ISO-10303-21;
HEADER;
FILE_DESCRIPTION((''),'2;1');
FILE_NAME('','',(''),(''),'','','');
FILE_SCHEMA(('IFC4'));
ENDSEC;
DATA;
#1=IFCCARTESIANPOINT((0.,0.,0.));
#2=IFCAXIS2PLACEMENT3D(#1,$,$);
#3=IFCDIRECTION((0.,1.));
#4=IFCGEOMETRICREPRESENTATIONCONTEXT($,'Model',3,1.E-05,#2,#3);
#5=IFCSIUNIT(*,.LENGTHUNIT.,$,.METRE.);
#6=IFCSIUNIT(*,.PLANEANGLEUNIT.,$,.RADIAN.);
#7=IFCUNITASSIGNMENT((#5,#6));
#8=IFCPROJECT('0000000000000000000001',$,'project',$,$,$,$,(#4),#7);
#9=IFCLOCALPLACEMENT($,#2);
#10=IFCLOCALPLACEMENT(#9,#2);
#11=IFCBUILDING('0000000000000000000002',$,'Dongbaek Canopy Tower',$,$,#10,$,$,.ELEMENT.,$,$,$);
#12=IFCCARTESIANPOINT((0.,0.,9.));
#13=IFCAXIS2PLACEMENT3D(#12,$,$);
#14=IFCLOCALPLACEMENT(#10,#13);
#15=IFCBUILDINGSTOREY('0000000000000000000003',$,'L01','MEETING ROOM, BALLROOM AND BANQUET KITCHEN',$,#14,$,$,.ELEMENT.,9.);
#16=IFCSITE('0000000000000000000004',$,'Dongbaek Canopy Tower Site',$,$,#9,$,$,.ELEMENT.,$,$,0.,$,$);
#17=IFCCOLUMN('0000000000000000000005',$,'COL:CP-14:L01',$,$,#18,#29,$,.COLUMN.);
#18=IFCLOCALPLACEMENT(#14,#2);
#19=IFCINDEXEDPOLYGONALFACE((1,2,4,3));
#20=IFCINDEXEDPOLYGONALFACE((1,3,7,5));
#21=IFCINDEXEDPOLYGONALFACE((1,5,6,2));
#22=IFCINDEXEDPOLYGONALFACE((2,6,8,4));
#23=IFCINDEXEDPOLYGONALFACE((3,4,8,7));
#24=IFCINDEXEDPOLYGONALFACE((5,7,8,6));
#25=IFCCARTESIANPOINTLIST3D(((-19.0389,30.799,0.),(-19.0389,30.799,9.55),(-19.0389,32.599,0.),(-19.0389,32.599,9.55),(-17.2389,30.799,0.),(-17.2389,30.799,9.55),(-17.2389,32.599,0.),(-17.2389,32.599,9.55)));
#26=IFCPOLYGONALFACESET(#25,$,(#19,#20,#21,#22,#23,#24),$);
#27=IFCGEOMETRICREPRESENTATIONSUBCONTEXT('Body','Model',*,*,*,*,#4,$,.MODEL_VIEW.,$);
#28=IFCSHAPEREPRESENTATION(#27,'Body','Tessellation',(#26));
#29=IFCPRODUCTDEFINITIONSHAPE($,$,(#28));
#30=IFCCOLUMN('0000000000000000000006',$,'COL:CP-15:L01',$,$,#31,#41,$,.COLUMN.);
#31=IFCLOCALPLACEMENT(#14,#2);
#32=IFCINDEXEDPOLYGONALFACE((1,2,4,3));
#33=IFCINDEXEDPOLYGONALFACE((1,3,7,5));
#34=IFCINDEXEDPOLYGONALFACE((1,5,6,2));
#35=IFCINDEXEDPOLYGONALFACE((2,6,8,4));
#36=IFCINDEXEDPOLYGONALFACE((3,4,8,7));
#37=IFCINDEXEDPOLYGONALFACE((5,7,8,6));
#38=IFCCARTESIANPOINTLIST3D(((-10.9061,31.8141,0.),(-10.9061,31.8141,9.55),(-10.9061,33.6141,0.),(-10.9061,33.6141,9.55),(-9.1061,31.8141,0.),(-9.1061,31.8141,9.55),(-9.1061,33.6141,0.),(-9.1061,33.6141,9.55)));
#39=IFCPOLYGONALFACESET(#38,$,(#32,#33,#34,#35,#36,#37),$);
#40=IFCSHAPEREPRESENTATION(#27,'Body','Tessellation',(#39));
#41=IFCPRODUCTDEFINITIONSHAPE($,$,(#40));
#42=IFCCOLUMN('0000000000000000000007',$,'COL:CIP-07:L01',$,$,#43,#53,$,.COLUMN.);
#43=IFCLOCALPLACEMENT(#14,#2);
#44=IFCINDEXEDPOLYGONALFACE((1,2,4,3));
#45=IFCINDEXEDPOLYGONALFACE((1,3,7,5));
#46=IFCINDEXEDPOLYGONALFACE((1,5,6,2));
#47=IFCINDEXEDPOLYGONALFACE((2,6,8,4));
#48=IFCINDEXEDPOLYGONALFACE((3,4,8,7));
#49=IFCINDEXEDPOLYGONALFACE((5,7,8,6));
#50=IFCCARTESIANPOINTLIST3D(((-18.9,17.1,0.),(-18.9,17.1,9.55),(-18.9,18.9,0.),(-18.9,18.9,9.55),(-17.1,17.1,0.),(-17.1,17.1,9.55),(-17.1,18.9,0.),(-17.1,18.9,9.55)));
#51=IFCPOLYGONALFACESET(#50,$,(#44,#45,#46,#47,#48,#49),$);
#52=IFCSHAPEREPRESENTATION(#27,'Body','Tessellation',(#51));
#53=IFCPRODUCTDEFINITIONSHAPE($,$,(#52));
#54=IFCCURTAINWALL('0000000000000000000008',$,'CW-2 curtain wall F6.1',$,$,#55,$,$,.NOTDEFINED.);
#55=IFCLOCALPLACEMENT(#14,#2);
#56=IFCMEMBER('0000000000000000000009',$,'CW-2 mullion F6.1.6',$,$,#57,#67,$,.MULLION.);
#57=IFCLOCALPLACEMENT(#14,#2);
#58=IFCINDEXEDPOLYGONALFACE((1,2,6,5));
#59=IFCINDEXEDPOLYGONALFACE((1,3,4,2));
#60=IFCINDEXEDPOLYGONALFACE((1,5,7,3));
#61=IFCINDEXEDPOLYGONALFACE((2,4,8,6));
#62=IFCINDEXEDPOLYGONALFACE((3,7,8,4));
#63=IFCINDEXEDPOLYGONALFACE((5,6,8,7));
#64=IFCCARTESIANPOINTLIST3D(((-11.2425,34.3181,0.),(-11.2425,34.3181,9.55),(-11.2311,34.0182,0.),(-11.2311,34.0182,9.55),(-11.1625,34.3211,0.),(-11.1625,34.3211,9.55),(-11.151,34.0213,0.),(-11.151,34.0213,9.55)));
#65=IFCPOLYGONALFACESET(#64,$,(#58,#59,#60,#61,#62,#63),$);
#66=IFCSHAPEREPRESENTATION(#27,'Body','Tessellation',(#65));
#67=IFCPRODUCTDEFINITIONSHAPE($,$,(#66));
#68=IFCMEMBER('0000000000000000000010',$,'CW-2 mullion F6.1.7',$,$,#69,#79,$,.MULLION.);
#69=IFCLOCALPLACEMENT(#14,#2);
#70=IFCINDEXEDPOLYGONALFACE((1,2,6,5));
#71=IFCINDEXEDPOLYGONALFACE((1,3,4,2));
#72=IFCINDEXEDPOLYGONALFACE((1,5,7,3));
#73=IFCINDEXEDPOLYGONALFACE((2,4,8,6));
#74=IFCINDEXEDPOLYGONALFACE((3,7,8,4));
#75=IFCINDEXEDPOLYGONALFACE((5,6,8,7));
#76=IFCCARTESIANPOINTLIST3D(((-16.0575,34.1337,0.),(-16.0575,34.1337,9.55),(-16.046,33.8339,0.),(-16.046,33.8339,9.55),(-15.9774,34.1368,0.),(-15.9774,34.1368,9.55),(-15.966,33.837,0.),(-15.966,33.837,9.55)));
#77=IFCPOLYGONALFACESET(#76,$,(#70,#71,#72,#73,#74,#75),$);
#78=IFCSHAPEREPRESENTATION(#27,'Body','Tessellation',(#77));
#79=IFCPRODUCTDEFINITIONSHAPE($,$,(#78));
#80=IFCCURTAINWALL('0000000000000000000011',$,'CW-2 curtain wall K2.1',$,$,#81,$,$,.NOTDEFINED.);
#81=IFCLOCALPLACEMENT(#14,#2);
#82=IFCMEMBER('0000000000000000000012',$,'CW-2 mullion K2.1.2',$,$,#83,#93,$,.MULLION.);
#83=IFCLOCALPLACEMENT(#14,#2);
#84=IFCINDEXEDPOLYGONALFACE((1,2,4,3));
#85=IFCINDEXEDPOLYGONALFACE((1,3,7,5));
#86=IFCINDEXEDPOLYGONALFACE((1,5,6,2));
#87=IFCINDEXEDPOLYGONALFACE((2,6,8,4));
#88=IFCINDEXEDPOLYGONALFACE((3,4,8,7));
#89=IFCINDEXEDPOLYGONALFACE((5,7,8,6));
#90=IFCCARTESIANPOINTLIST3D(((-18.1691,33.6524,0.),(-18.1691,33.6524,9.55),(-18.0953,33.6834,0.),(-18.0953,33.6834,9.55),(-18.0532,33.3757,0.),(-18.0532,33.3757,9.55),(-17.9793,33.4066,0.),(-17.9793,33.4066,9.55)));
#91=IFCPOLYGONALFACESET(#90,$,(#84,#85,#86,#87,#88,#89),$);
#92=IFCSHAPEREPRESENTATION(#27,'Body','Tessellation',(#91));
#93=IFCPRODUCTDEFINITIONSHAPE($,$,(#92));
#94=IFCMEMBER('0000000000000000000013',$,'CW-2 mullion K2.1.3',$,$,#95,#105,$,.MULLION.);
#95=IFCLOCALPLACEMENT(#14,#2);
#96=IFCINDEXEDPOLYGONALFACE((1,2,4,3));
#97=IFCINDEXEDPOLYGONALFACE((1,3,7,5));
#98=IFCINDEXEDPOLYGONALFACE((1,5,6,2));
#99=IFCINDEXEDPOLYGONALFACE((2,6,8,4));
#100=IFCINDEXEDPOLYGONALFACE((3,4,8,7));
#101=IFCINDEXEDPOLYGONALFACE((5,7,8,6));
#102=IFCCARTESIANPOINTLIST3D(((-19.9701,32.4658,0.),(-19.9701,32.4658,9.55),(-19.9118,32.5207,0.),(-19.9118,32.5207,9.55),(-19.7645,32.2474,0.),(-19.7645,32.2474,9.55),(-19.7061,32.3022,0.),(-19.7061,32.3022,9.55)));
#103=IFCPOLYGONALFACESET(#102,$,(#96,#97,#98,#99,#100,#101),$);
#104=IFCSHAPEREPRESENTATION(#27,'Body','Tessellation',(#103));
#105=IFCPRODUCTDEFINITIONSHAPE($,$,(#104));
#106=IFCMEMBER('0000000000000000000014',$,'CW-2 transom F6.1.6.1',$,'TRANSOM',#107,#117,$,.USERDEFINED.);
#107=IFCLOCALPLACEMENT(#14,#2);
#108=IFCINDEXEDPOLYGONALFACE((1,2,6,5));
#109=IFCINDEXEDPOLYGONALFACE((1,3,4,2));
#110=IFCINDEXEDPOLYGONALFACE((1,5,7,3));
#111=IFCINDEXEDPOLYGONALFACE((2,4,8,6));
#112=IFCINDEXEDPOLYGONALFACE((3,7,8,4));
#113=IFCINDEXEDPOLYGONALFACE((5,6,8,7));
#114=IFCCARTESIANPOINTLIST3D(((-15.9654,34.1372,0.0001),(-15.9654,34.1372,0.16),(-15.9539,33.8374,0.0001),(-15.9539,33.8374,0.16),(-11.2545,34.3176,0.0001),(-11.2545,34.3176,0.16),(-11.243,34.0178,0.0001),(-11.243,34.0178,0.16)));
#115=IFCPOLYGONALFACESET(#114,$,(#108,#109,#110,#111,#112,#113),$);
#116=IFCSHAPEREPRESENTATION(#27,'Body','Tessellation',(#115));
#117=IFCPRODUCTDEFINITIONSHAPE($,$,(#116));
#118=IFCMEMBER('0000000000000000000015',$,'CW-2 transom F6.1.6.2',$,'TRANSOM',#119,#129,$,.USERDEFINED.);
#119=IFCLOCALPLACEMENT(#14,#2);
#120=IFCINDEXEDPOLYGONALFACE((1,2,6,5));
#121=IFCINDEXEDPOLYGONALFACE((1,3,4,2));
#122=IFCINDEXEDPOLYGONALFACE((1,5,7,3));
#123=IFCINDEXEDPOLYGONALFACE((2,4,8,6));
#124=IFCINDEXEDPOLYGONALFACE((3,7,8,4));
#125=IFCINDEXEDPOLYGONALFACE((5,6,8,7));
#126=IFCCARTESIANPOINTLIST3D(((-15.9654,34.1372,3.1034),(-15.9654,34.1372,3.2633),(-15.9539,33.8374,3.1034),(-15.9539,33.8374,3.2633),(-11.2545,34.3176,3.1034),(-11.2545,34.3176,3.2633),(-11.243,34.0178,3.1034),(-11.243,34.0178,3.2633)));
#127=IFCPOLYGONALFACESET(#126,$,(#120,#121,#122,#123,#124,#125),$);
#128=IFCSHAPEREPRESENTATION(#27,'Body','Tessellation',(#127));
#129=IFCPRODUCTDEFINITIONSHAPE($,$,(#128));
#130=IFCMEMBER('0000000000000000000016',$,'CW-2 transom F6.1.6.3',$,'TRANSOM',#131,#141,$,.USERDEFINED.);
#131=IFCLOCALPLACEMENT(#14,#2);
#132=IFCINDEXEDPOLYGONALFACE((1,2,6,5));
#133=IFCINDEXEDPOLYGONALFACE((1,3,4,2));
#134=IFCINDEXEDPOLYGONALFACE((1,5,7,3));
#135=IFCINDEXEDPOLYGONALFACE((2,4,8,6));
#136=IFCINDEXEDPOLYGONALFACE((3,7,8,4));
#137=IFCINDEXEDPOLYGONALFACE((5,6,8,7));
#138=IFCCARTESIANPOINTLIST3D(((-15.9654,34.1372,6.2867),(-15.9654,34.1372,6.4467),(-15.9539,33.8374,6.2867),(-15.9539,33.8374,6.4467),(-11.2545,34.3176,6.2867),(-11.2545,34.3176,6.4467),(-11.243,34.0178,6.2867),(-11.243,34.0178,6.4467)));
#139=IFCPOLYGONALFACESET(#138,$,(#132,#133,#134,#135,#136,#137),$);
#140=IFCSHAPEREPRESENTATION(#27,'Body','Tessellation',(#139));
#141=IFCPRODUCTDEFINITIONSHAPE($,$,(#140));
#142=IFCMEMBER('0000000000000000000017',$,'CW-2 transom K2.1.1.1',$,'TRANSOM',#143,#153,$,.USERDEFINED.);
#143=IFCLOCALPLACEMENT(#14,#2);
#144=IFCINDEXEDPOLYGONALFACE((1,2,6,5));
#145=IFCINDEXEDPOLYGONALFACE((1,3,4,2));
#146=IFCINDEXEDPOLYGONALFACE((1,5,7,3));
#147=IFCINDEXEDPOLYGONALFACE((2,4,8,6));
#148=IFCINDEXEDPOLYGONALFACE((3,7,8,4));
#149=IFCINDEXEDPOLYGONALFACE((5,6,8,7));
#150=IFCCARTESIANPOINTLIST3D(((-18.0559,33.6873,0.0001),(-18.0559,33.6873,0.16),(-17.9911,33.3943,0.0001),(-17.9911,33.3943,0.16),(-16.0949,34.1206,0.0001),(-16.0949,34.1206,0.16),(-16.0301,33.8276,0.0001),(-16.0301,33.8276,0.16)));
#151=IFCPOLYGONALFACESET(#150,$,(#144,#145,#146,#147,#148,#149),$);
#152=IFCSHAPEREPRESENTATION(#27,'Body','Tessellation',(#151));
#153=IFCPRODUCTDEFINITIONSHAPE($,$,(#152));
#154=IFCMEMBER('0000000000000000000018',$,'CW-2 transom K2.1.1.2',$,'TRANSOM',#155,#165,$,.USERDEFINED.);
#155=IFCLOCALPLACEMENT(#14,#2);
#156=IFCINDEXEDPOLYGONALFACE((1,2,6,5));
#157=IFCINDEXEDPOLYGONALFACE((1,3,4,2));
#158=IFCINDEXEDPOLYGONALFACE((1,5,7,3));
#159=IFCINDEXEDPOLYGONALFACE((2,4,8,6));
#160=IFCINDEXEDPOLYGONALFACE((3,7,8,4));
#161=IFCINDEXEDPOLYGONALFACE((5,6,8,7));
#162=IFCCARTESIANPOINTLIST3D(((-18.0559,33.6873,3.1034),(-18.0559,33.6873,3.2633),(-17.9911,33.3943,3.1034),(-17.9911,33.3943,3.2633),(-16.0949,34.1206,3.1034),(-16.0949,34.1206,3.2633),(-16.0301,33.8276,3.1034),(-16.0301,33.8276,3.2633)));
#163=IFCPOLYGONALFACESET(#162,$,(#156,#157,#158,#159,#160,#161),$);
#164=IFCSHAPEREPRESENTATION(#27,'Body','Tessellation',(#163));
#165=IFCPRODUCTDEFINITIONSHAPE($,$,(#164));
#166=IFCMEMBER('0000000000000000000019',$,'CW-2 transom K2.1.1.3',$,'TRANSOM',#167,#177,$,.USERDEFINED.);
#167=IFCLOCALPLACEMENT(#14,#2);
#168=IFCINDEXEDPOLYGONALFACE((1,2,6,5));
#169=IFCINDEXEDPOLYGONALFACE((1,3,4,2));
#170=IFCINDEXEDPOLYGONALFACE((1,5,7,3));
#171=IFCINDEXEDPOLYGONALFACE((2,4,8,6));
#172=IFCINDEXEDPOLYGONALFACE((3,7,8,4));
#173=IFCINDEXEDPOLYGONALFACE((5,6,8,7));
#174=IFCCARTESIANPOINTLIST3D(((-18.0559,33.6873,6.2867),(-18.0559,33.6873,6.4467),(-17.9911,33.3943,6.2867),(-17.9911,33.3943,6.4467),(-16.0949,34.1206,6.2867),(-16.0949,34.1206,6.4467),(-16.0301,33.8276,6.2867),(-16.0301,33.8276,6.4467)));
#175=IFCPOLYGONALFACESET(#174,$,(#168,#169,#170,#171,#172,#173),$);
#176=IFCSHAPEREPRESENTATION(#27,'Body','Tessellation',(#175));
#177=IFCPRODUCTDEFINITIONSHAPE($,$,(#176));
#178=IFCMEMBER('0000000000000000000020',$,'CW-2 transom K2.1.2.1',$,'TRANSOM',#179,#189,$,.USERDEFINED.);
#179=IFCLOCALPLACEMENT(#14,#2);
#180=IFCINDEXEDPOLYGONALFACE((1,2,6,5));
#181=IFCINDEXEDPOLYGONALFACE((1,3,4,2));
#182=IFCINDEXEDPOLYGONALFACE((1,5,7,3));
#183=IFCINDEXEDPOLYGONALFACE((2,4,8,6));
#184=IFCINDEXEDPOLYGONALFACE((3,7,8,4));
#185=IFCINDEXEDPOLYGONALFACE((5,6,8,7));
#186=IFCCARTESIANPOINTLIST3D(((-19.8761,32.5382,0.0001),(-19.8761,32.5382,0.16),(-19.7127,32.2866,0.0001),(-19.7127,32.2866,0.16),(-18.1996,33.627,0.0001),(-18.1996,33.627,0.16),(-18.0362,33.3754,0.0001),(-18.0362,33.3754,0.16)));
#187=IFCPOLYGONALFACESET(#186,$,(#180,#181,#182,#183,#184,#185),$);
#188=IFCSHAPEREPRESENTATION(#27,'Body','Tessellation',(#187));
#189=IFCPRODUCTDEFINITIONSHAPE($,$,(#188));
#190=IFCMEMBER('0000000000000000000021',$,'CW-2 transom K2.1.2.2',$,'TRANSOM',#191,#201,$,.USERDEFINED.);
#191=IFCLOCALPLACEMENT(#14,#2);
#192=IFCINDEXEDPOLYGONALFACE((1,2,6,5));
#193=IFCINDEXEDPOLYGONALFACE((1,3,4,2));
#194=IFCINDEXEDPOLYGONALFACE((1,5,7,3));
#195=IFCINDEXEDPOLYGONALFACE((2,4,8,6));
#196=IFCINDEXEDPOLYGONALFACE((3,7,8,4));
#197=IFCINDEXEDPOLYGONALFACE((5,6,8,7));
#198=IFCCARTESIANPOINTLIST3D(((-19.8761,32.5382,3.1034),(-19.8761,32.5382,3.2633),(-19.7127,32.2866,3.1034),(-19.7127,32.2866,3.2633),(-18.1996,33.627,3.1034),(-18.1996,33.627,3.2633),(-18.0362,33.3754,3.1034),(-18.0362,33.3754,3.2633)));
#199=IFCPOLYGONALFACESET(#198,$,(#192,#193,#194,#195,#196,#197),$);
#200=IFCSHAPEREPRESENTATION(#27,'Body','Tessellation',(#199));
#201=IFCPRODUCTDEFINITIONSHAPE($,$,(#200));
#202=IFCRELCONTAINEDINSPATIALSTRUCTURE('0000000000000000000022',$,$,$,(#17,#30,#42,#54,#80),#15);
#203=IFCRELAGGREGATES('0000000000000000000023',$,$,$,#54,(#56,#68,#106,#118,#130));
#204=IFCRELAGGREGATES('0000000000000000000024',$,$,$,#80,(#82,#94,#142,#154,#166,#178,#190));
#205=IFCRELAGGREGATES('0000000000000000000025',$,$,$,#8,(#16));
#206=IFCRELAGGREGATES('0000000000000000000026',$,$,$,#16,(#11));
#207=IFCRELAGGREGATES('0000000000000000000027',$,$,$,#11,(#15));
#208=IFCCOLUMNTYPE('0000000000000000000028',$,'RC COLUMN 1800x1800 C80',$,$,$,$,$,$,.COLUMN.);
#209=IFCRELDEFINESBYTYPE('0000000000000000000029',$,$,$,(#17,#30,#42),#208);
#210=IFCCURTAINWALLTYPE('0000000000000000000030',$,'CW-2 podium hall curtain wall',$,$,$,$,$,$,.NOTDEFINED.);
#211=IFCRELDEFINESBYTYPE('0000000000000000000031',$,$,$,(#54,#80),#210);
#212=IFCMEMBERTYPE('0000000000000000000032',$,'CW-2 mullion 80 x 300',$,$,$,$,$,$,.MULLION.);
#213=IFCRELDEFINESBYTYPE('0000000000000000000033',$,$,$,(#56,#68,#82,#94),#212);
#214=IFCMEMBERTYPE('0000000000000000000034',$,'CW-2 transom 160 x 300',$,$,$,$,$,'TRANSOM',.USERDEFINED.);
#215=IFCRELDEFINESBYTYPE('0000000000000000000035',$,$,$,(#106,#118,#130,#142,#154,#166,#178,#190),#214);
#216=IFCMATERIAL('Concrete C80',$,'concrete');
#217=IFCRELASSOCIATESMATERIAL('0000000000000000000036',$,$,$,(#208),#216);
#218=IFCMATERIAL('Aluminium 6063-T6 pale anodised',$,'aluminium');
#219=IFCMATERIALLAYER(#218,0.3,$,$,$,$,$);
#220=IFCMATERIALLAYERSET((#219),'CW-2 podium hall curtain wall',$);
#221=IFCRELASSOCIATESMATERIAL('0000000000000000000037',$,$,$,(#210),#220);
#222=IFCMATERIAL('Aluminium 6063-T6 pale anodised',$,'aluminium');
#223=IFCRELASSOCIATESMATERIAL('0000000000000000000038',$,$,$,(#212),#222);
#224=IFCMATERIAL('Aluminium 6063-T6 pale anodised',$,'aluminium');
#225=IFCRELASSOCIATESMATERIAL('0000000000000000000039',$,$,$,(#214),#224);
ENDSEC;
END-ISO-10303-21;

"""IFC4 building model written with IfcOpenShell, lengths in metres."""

from ifc_helpers import new_model, si_unit, direction, frame, origin, origin_2d, place, context, subcontext, project, spatial, rectangle, extrude, material, layer, layer_set, material_profile, profile_set, type_object, element, aggregate, save


model = new_model("IFC4")

# Units and contexts
model_context = context("Model", 3, precision=1e-05, world=origin(), true_north=direction((0.0, 1.0)))
body_context = subcontext(model_context, "Body", "Model", "MODEL_VIEW")
ifc_project = project(units=[si_unit("LENGTHUNIT", "METRE"), si_unit("PLANEANGLEUNIT", "RADIAN")], contexts=[model_context])

# Site, building, storey
site_placement = place(None, origin())
site = spatial("IfcSite", under=ifc_project, at=site_placement, Name="Dongbaek Canopy Tower Site", CompositionType="ELEMENT", RefElevation=0.0)
building_placement = place(site_placement, origin())
building = spatial("IfcBuilding", under=site, at=building_placement, Name="Dongbaek Canopy Tower", CompositionType="ELEMENT")
storey_placement = place(building_placement, frame((0.0, 0.0, 9.0)))
storey = spatial("IfcBuildingStorey", under=building, at=storey_placement, Name="L01", Description="MEETING ROOM, BALLROOM AND BANQUET KITCHEN", CompositionType="ELEMENT", Elevation=9.0)

# Columns
ifc_material_1 = material(Name="Concrete C80", Category="concrete")
ifc_material_profile_1 = material_profile(ifc_material_1, rectangle(XDim=1.8, YDim=1.8, at=origin_2d()), Name="RC COLUMN 1800x1800 C80")
ifc_profile_set_1 = profile_set([ifc_material_profile_1], Name="Concrete C80")
column_type = type_object("IfcColumnType", Name="RC COLUMN 1800x1800 C80", PredefinedType="COLUMN", material=ifc_profile_set_1)
for number, where, z_axis, x_axis, name in (
    (1, (-18.1389, 31.699, 0.0), (0.0, 0.0, 1.0), (1.0, 0.0, 0.0), "COL:CP-14:L01"),
    (2, (-10.0061, 32.7141, 0.0), (0.0, 0.0, 1.0), (1.0, 0.0, 0.0), "COL:CP-15:L01"),
    (3, (-18.0, 18.0, 0.0), (0.0, 0.0, 1.0), (1.0, 0.0, 0.0), "COL:CIP-07:L01"),
):
    element("IfcColumn", number, at=place(storey_placement, frame(where, z_axis=z_axis, x_axis=x_axis)), inside=storey, type_object=column_type, Name=name, PredefinedType="COLUMN", context=body_context, shape_type="SweptSolid", body=[
        extrude(rectangle(XDim=1.8, YDim=1.8, at=origin_2d()), origin(), (0.0, 0.0, 1.0), 9.55),
    ])

# Curtain walls, members
ifc_material_2 = material(Name="Aluminium 6063-T6 pale anodised", Category="aluminium")
ifc_layer_1 = layer(ifc_material_2, 0.3)
ifc_layer_set_1 = layer_set([ifc_layer_1], Name="CW-2 podium hall curtain wall")
curtain_wall_type = type_object("IfcCurtainWallType", Name="CW-2 podium hall curtain wall", PredefinedType="NOTDEFINED", material=ifc_layer_set_1)
curtain_wall_1_placement = place(storey_placement, origin())
curtain_wall_1 = element("IfcCurtainWall", 4, at=curtain_wall_1_placement, inside=storey, type_object=curtain_wall_type, Name="CW-2 curtain wall F6.1", PredefinedType="NOTDEFINED")
ifc_material_3 = material(Name="Aluminium 6063-T6 pale anodised", Category="aluminium")
ifc_material_profile_2 = material_profile(ifc_material_3, rectangle(XDim=0.3, YDim=0.0801, at=origin_2d()), Name="CW-2 mullion 80 x 300")
ifc_profile_set_2 = profile_set([ifc_material_profile_2], Name="Aluminium 6063-T6 pale anodised")
member_type_1 = type_object("IfcMemberType", Name="CW-2 mullion 80 x 300", PredefinedType="MULLION", material=ifc_profile_set_2)
member_1_placement = place(storey_placement, frame((-11.1968, 34.1697, 0.0), z_axis=(0.0, 0.0, 1.0), x_axis=(-0.038232, 0.999269, 0.0)))
member_1 = element("IfcMember", 5, at=member_1_placement, type_object=member_type_1, Name="CW-2 mullion F6.1.6", PredefinedType="MULLION", context=body_context, shape_type="SweptSolid", body=[
    extrude(rectangle(XDim=0.3, YDim=0.0801, at=origin_2d()), origin(), (0.0, 0.0, 1.0), 9.55),
])
member_2_placement = place(storey_placement, frame((-16.0117, 33.9854, 0.0), z_axis=(0.0, 0.0, 1.0), x_axis=(-0.038232, 0.999269, 0.0)))
member_2 = element("IfcMember", 6, at=member_2_placement, type_object=member_type_1, Name="CW-2 mullion F6.1.7", PredefinedType="MULLION", context=body_context, shape_type="SweptSolid", body=[
    extrude(rectangle(XDim=0.3, YDim=0.0801, at=origin_2d()), origin(), (0.0, 0.0, 1.0), 9.55),
])
curtain_wall_2_placement = place(storey_placement, origin())
curtain_wall_2 = element("IfcCurtainWall", 7, at=curtain_wall_2_placement, inside=storey, type_object=curtain_wall_type, Name="CW-2 curtain wall K2.1", PredefinedType="NOTDEFINED")
member_3_placement = place(storey_placement, frame((-18.0742, 33.5295, 0.0), z_axis=(0.0, 0.0, 1.0), x_axis=(-0.386403, 0.92233, 0.0)))
member_3 = element("IfcMember", 8, at=member_3_placement, type_object=member_type_1, Name="CW-2 mullion K2.1.2", PredefinedType="MULLION", context=body_context, shape_type="SweptSolid", body=[
    extrude(rectangle(XDim=0.3, YDim=0.0801, at=origin_2d()), origin(), (0.0, 0.0, 1.0), 9.55),
])
member_4_placement = place(storey_placement, frame((-19.8381, 32.384, 0.0), z_axis=(0.0, 0.0, 1.0), x_axis=(-0.685446, 0.728124, 0.0)))
member_4 = element("IfcMember", 9, at=member_4_placement, type_object=member_type_1, Name="CW-2 mullion K2.1.3", PredefinedType="MULLION", context=body_context, shape_type="SweptSolid", body=[
    extrude(rectangle(XDim=0.3, YDim=0.0801, at=origin_2d()), origin(), (0.0, 0.0, 1.0), 9.55),
])

# Members
ifc_material_4 = material(Name="Aluminium 6063-T6 pale anodised", Category="aluminium")
ifc_material_profile_3 = material_profile(ifc_material_4, rectangle(XDim=0.3, YDim=0.1599, at=origin_2d()), Name="CW-2 transom 160 x 300")
ifc_profile_set_3 = profile_set([ifc_material_profile_3], Name="Aluminium 6063-T6 pale anodised")
member_type_2 = type_object("IfcMemberType", Name="CW-2 transom 160 x 300", ElementType="TRANSOM", PredefinedType="USERDEFINED", material=ifc_profile_set_3)
member_5_placement = place(storey_placement, frame((-11.2488, 34.1677, 0.0801), z_axis=(-0.999267, -0.03827, 0.0), x_axis=(0.03827, -0.999267, 0.0)))
member_5 = element("IfcMember", 10, at=member_5_placement, type_object=member_type_2, Name="CW-2 transom F6.1.6.1", ObjectType="TRANSOM", PredefinedType="USERDEFINED", context=body_context, shape_type="SweptSolid", body=[
    extrude(rectangle(XDim=0.3, YDim=0.1599, at=origin_2d()), origin(), (0.0, 0.0, 1.0), 4.7144),
])
member_6_placement = place(storey_placement, frame((-11.2488, 34.1677, 3.1833), z_axis=(-0.999267, -0.03827, 0.0), x_axis=(0.03827, -0.999267, 0.0)))
member_6 = element("IfcMember", 11, at=member_6_placement, type_object=member_type_2, Name="CW-2 transom F6.1.6.2", ObjectType="TRANSOM", PredefinedType="USERDEFINED", context=body_context, shape_type="SweptSolid", body=[
    extrude(rectangle(XDim=0.3, YDim=0.1599, at=origin_2d()), origin(), (0.0, 0.0, 1.0), 4.7144),
])
member_7_placement = place(storey_placement, frame((-11.2488, 34.1677, 6.3667), z_axis=(-0.999267, -0.03827, 0.0), x_axis=(0.03827, -0.999267, 0.0)))
member_7 = element("IfcMember", 12, at=member_7_placement, type_object=member_type_2, Name="CW-2 transom F6.1.6.3", ObjectType="TRANSOM", PredefinedType="USERDEFINED", context=body_context, shape_type="SweptSolid", body=[
    extrude(rectangle(XDim=0.3, YDim=0.1599, at=origin_2d()), origin(), (0.0, 0.0, 1.0), 4.7144),
])
member_8_placement = place(storey_placement, frame((-16.0625, 33.9741, 0.0801), z_axis=(-0.976441, -0.215785, 0.0), x_axis=(0.215785, -0.976441, 0.0)))
member_8 = element("IfcMember", 13, at=member_8_placement, type_object=member_type_2, Name="CW-2 transom K2.1.1.1", ObjectType="TRANSOM", PredefinedType="USERDEFINED", context=body_context, shape_type="SweptSolid", body=[
    extrude(rectangle(XDim=0.3, YDim=0.1599, at=origin_2d()), origin(), (0.0, 0.0, 1.0), 2.0083),
])
member_9_placement = place(storey_placement, frame((-16.0625, 33.9741, 3.1833), z_axis=(-0.976441, -0.215785, 0.0), x_axis=(0.215785, -0.976441, 0.0)))
member_9 = element("IfcMember", 14, at=member_9_placement, type_object=member_type_2, Name="CW-2 transom K2.1.1.2", ObjectType="TRANSOM", PredefinedType="USERDEFINED", context=body_context, shape_type="SweptSolid", body=[
    extrude(rectangle(XDim=0.3, YDim=0.1599, at=origin_2d()), origin(), (0.0, 0.0, 1.0), 2.0083),
])
member_10_placement = place(storey_placement, frame((-16.0625, 33.9741, 6.3667), z_axis=(-0.976441, -0.215785, 0.0), x_axis=(0.215785, -0.976441, 0.0)))
member_10 = element("IfcMember", 15, at=member_10_placement, type_object=member_type_2, Name="CW-2 transom K2.1.1.3", ObjectType="TRANSOM", PredefinedType="USERDEFINED", context=body_context, shape_type="SweptSolid", body=[
    extrude(rectangle(XDim=0.3, YDim=0.1599, at=origin_2d()), origin(), (0.0, 0.0, 1.0), 2.0083),
])
member_11_placement = place(storey_placement, frame((-18.1179, 33.5012, 0.0801), z_axis=(-0.838642, -0.544684, 0.0), x_axis=(0.544684, -0.838642, 0.0)))
member_11 = element("IfcMember", 16, at=member_11_placement, type_object=member_type_2, Name="CW-2 transom K2.1.2.1", ObjectType="TRANSOM", PredefinedType="USERDEFINED", context=body_context, shape_type="SweptSolid", body=[
    extrude(rectangle(XDim=0.3, YDim=0.1599, at=origin_2d()), origin(), (0.0, 0.0, 1.0), 1.999),
])
member_12_placement = place(storey_placement, frame((-18.1179, 33.5012, 3.1833), z_axis=(-0.838642, -0.544684, 0.0), x_axis=(0.544684, -0.838642, 0.0)))
member_12 = element("IfcMember", 17, at=member_12_placement, type_object=member_type_2, Name="CW-2 transom K2.1.2.2", ObjectType="TRANSOM", PredefinedType="USERDEFINED", context=body_context, shape_type="SweptSolid", body=[
    extrude(rectangle(XDim=0.3, YDim=0.1599, at=origin_2d()), origin(), (0.0, 0.0, 1.0), 1.999),
])

aggregate(curtain_wall_1, [member_1, member_2, member_5, member_6, member_7])
aggregate(curtain_wall_2, [member_3, member_4, member_8, member_9, member_10, member_11, member_12])

save(model, "model.ifc")
